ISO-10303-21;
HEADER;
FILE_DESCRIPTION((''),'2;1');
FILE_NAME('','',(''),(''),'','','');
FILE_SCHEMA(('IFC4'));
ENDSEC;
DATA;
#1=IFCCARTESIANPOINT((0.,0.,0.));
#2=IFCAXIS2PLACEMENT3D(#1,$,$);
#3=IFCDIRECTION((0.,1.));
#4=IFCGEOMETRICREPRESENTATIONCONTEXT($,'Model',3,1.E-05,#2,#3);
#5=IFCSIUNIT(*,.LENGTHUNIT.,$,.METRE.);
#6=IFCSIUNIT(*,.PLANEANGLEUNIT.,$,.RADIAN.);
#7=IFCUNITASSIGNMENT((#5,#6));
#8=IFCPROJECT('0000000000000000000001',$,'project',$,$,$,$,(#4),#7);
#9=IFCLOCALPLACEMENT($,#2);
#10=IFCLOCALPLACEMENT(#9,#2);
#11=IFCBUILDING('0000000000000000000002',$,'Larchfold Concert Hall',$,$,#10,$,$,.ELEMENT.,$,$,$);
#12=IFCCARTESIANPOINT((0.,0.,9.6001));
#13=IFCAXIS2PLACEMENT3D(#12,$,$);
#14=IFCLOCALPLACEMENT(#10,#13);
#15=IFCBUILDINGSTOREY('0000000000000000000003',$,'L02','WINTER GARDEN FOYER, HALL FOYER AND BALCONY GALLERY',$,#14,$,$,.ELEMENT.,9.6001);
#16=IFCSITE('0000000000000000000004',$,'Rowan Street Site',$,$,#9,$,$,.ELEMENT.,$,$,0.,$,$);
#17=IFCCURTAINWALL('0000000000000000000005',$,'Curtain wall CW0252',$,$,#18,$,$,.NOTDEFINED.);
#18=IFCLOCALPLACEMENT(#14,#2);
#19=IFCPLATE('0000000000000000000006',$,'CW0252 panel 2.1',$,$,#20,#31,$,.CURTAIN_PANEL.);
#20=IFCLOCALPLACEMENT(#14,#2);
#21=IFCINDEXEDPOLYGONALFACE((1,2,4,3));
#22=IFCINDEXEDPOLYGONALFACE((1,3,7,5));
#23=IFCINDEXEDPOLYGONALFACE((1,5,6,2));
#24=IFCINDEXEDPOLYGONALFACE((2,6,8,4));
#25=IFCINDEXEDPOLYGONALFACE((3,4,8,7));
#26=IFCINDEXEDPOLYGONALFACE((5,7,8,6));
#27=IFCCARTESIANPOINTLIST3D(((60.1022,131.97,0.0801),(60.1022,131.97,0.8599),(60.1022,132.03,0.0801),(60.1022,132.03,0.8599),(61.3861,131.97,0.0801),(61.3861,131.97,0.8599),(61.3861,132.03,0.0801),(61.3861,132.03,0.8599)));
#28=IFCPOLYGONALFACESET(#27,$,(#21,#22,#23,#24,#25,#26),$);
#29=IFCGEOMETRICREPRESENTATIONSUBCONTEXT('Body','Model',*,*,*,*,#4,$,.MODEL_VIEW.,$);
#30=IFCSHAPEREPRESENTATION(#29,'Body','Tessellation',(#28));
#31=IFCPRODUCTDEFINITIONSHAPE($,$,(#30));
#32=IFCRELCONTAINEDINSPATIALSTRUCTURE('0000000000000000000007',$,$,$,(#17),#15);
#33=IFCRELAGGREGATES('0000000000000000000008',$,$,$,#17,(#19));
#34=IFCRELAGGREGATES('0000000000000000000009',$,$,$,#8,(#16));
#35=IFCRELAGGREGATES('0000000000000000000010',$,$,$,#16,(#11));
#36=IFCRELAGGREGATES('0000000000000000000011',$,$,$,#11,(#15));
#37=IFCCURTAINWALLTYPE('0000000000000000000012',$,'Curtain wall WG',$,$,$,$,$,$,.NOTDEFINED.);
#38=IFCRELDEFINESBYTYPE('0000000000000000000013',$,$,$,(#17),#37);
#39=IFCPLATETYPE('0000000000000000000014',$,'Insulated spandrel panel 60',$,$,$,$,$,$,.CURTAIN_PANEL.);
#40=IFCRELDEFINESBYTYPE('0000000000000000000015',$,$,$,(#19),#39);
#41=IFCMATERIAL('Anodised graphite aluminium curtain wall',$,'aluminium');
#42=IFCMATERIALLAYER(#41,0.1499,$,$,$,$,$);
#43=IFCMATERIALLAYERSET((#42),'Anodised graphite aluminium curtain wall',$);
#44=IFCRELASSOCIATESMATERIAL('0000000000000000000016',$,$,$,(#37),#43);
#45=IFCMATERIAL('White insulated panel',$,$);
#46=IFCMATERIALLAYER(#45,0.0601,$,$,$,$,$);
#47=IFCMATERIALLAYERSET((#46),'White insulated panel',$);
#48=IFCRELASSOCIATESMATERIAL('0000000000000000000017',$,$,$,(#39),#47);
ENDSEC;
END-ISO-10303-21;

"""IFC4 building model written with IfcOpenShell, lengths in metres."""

from ifc_helpers import new_model, si_unit, direction, frame, origin, origin_2d, place, context, subcontext, project, spatial, rectangle, extrude, material, layer, layer_set, type_object, element, aggregate, save


model = new_model("IFC4")

# Units and contexts
model_context = context("Model", 3, precision=1e-05, world=origin(), true_north=direction((0.0, 1.0)))
body_context = subcontext(model_context, "Body", "Model", "MODEL_VIEW")
ifc_project = project(units=[si_unit("LENGTHUNIT", "METRE"), si_unit("PLANEANGLEUNIT", "RADIAN")], contexts=[model_context])

# Site, building, storey
site_placement = place(None, origin())
site = spatial("IfcSite", under=ifc_project, at=site_placement, Name="Rowan Street Site", CompositionType="ELEMENT", RefElevation=0.0)
building_placement = place(site_placement, origin())
building = spatial("IfcBuilding", under=site, at=building_placement, Name="Larchfold Concert Hall", CompositionType="ELEMENT")
storey_placement = place(building_placement, frame((0.0, 0.0, 9.6001)))
storey = spatial("IfcBuildingStorey", under=building, at=storey_placement, Name="L02", Description="WINTER GARDEN FOYER, HALL FOYER AND BALCONY GALLERY", CompositionType="ELEMENT", Elevation=9.6001)

# Curtain wall
ifc_material_1 = material(Name="Anodised graphite aluminium curtain wall", Category="aluminium")
ifc_layer_1 = layer(ifc_material_1, 0.1499)
ifc_layer_set_1 = layer_set([ifc_layer_1], Name="Anodised graphite aluminium curtain wall")
curtain_wall_type = type_object("IfcCurtainWallType", Name="Curtain wall WG", PredefinedType="NOTDEFINED", material=ifc_layer_set_1)
curtain_wall_1_placement = place(storey_placement, origin())
curtain_wall_1 = element("IfcCurtainWall", 1, at=curtain_wall_1_placement, inside=storey, type_object=curtain_wall_type, Name="Curtain wall CW0252", PredefinedType="NOTDEFINED")

# Plate
ifc_material_2 = material(Name="White insulated panel")
ifc_layer_2 = layer(ifc_material_2, 0.0601)
ifc_layer_set_2 = layer_set([ifc_layer_2], Name="White insulated panel")
plate_type_1 = type_object("IfcPlateType", Name="Insulated spandrel panel 60", PredefinedType="CURTAIN_PANEL", material=ifc_layer_set_2)
plate_1_placement = place(storey_placement, frame((60.7441, 132.0, 0.0801), z_axis=(0.0, 0.0, 1.0), x_axis=(-1.0, 0.0, 0.0)))
plate_1 = element("IfcPlate", 2, at=plate_1_placement, type_object=plate_type_1, Name="CW0252 panel 2.1", PredefinedType="CURTAIN_PANEL", context=body_context, shape_type="SweptSolid", body=[
    extrude(rectangle(XDim=1.2839, YDim=0.0601, at=origin_2d()), origin(), (0.0, 0.0, 1.0), 0.7798),
])
aggregate(curtain_wall_1, [plate_1])

save(model, "model.ifc")
